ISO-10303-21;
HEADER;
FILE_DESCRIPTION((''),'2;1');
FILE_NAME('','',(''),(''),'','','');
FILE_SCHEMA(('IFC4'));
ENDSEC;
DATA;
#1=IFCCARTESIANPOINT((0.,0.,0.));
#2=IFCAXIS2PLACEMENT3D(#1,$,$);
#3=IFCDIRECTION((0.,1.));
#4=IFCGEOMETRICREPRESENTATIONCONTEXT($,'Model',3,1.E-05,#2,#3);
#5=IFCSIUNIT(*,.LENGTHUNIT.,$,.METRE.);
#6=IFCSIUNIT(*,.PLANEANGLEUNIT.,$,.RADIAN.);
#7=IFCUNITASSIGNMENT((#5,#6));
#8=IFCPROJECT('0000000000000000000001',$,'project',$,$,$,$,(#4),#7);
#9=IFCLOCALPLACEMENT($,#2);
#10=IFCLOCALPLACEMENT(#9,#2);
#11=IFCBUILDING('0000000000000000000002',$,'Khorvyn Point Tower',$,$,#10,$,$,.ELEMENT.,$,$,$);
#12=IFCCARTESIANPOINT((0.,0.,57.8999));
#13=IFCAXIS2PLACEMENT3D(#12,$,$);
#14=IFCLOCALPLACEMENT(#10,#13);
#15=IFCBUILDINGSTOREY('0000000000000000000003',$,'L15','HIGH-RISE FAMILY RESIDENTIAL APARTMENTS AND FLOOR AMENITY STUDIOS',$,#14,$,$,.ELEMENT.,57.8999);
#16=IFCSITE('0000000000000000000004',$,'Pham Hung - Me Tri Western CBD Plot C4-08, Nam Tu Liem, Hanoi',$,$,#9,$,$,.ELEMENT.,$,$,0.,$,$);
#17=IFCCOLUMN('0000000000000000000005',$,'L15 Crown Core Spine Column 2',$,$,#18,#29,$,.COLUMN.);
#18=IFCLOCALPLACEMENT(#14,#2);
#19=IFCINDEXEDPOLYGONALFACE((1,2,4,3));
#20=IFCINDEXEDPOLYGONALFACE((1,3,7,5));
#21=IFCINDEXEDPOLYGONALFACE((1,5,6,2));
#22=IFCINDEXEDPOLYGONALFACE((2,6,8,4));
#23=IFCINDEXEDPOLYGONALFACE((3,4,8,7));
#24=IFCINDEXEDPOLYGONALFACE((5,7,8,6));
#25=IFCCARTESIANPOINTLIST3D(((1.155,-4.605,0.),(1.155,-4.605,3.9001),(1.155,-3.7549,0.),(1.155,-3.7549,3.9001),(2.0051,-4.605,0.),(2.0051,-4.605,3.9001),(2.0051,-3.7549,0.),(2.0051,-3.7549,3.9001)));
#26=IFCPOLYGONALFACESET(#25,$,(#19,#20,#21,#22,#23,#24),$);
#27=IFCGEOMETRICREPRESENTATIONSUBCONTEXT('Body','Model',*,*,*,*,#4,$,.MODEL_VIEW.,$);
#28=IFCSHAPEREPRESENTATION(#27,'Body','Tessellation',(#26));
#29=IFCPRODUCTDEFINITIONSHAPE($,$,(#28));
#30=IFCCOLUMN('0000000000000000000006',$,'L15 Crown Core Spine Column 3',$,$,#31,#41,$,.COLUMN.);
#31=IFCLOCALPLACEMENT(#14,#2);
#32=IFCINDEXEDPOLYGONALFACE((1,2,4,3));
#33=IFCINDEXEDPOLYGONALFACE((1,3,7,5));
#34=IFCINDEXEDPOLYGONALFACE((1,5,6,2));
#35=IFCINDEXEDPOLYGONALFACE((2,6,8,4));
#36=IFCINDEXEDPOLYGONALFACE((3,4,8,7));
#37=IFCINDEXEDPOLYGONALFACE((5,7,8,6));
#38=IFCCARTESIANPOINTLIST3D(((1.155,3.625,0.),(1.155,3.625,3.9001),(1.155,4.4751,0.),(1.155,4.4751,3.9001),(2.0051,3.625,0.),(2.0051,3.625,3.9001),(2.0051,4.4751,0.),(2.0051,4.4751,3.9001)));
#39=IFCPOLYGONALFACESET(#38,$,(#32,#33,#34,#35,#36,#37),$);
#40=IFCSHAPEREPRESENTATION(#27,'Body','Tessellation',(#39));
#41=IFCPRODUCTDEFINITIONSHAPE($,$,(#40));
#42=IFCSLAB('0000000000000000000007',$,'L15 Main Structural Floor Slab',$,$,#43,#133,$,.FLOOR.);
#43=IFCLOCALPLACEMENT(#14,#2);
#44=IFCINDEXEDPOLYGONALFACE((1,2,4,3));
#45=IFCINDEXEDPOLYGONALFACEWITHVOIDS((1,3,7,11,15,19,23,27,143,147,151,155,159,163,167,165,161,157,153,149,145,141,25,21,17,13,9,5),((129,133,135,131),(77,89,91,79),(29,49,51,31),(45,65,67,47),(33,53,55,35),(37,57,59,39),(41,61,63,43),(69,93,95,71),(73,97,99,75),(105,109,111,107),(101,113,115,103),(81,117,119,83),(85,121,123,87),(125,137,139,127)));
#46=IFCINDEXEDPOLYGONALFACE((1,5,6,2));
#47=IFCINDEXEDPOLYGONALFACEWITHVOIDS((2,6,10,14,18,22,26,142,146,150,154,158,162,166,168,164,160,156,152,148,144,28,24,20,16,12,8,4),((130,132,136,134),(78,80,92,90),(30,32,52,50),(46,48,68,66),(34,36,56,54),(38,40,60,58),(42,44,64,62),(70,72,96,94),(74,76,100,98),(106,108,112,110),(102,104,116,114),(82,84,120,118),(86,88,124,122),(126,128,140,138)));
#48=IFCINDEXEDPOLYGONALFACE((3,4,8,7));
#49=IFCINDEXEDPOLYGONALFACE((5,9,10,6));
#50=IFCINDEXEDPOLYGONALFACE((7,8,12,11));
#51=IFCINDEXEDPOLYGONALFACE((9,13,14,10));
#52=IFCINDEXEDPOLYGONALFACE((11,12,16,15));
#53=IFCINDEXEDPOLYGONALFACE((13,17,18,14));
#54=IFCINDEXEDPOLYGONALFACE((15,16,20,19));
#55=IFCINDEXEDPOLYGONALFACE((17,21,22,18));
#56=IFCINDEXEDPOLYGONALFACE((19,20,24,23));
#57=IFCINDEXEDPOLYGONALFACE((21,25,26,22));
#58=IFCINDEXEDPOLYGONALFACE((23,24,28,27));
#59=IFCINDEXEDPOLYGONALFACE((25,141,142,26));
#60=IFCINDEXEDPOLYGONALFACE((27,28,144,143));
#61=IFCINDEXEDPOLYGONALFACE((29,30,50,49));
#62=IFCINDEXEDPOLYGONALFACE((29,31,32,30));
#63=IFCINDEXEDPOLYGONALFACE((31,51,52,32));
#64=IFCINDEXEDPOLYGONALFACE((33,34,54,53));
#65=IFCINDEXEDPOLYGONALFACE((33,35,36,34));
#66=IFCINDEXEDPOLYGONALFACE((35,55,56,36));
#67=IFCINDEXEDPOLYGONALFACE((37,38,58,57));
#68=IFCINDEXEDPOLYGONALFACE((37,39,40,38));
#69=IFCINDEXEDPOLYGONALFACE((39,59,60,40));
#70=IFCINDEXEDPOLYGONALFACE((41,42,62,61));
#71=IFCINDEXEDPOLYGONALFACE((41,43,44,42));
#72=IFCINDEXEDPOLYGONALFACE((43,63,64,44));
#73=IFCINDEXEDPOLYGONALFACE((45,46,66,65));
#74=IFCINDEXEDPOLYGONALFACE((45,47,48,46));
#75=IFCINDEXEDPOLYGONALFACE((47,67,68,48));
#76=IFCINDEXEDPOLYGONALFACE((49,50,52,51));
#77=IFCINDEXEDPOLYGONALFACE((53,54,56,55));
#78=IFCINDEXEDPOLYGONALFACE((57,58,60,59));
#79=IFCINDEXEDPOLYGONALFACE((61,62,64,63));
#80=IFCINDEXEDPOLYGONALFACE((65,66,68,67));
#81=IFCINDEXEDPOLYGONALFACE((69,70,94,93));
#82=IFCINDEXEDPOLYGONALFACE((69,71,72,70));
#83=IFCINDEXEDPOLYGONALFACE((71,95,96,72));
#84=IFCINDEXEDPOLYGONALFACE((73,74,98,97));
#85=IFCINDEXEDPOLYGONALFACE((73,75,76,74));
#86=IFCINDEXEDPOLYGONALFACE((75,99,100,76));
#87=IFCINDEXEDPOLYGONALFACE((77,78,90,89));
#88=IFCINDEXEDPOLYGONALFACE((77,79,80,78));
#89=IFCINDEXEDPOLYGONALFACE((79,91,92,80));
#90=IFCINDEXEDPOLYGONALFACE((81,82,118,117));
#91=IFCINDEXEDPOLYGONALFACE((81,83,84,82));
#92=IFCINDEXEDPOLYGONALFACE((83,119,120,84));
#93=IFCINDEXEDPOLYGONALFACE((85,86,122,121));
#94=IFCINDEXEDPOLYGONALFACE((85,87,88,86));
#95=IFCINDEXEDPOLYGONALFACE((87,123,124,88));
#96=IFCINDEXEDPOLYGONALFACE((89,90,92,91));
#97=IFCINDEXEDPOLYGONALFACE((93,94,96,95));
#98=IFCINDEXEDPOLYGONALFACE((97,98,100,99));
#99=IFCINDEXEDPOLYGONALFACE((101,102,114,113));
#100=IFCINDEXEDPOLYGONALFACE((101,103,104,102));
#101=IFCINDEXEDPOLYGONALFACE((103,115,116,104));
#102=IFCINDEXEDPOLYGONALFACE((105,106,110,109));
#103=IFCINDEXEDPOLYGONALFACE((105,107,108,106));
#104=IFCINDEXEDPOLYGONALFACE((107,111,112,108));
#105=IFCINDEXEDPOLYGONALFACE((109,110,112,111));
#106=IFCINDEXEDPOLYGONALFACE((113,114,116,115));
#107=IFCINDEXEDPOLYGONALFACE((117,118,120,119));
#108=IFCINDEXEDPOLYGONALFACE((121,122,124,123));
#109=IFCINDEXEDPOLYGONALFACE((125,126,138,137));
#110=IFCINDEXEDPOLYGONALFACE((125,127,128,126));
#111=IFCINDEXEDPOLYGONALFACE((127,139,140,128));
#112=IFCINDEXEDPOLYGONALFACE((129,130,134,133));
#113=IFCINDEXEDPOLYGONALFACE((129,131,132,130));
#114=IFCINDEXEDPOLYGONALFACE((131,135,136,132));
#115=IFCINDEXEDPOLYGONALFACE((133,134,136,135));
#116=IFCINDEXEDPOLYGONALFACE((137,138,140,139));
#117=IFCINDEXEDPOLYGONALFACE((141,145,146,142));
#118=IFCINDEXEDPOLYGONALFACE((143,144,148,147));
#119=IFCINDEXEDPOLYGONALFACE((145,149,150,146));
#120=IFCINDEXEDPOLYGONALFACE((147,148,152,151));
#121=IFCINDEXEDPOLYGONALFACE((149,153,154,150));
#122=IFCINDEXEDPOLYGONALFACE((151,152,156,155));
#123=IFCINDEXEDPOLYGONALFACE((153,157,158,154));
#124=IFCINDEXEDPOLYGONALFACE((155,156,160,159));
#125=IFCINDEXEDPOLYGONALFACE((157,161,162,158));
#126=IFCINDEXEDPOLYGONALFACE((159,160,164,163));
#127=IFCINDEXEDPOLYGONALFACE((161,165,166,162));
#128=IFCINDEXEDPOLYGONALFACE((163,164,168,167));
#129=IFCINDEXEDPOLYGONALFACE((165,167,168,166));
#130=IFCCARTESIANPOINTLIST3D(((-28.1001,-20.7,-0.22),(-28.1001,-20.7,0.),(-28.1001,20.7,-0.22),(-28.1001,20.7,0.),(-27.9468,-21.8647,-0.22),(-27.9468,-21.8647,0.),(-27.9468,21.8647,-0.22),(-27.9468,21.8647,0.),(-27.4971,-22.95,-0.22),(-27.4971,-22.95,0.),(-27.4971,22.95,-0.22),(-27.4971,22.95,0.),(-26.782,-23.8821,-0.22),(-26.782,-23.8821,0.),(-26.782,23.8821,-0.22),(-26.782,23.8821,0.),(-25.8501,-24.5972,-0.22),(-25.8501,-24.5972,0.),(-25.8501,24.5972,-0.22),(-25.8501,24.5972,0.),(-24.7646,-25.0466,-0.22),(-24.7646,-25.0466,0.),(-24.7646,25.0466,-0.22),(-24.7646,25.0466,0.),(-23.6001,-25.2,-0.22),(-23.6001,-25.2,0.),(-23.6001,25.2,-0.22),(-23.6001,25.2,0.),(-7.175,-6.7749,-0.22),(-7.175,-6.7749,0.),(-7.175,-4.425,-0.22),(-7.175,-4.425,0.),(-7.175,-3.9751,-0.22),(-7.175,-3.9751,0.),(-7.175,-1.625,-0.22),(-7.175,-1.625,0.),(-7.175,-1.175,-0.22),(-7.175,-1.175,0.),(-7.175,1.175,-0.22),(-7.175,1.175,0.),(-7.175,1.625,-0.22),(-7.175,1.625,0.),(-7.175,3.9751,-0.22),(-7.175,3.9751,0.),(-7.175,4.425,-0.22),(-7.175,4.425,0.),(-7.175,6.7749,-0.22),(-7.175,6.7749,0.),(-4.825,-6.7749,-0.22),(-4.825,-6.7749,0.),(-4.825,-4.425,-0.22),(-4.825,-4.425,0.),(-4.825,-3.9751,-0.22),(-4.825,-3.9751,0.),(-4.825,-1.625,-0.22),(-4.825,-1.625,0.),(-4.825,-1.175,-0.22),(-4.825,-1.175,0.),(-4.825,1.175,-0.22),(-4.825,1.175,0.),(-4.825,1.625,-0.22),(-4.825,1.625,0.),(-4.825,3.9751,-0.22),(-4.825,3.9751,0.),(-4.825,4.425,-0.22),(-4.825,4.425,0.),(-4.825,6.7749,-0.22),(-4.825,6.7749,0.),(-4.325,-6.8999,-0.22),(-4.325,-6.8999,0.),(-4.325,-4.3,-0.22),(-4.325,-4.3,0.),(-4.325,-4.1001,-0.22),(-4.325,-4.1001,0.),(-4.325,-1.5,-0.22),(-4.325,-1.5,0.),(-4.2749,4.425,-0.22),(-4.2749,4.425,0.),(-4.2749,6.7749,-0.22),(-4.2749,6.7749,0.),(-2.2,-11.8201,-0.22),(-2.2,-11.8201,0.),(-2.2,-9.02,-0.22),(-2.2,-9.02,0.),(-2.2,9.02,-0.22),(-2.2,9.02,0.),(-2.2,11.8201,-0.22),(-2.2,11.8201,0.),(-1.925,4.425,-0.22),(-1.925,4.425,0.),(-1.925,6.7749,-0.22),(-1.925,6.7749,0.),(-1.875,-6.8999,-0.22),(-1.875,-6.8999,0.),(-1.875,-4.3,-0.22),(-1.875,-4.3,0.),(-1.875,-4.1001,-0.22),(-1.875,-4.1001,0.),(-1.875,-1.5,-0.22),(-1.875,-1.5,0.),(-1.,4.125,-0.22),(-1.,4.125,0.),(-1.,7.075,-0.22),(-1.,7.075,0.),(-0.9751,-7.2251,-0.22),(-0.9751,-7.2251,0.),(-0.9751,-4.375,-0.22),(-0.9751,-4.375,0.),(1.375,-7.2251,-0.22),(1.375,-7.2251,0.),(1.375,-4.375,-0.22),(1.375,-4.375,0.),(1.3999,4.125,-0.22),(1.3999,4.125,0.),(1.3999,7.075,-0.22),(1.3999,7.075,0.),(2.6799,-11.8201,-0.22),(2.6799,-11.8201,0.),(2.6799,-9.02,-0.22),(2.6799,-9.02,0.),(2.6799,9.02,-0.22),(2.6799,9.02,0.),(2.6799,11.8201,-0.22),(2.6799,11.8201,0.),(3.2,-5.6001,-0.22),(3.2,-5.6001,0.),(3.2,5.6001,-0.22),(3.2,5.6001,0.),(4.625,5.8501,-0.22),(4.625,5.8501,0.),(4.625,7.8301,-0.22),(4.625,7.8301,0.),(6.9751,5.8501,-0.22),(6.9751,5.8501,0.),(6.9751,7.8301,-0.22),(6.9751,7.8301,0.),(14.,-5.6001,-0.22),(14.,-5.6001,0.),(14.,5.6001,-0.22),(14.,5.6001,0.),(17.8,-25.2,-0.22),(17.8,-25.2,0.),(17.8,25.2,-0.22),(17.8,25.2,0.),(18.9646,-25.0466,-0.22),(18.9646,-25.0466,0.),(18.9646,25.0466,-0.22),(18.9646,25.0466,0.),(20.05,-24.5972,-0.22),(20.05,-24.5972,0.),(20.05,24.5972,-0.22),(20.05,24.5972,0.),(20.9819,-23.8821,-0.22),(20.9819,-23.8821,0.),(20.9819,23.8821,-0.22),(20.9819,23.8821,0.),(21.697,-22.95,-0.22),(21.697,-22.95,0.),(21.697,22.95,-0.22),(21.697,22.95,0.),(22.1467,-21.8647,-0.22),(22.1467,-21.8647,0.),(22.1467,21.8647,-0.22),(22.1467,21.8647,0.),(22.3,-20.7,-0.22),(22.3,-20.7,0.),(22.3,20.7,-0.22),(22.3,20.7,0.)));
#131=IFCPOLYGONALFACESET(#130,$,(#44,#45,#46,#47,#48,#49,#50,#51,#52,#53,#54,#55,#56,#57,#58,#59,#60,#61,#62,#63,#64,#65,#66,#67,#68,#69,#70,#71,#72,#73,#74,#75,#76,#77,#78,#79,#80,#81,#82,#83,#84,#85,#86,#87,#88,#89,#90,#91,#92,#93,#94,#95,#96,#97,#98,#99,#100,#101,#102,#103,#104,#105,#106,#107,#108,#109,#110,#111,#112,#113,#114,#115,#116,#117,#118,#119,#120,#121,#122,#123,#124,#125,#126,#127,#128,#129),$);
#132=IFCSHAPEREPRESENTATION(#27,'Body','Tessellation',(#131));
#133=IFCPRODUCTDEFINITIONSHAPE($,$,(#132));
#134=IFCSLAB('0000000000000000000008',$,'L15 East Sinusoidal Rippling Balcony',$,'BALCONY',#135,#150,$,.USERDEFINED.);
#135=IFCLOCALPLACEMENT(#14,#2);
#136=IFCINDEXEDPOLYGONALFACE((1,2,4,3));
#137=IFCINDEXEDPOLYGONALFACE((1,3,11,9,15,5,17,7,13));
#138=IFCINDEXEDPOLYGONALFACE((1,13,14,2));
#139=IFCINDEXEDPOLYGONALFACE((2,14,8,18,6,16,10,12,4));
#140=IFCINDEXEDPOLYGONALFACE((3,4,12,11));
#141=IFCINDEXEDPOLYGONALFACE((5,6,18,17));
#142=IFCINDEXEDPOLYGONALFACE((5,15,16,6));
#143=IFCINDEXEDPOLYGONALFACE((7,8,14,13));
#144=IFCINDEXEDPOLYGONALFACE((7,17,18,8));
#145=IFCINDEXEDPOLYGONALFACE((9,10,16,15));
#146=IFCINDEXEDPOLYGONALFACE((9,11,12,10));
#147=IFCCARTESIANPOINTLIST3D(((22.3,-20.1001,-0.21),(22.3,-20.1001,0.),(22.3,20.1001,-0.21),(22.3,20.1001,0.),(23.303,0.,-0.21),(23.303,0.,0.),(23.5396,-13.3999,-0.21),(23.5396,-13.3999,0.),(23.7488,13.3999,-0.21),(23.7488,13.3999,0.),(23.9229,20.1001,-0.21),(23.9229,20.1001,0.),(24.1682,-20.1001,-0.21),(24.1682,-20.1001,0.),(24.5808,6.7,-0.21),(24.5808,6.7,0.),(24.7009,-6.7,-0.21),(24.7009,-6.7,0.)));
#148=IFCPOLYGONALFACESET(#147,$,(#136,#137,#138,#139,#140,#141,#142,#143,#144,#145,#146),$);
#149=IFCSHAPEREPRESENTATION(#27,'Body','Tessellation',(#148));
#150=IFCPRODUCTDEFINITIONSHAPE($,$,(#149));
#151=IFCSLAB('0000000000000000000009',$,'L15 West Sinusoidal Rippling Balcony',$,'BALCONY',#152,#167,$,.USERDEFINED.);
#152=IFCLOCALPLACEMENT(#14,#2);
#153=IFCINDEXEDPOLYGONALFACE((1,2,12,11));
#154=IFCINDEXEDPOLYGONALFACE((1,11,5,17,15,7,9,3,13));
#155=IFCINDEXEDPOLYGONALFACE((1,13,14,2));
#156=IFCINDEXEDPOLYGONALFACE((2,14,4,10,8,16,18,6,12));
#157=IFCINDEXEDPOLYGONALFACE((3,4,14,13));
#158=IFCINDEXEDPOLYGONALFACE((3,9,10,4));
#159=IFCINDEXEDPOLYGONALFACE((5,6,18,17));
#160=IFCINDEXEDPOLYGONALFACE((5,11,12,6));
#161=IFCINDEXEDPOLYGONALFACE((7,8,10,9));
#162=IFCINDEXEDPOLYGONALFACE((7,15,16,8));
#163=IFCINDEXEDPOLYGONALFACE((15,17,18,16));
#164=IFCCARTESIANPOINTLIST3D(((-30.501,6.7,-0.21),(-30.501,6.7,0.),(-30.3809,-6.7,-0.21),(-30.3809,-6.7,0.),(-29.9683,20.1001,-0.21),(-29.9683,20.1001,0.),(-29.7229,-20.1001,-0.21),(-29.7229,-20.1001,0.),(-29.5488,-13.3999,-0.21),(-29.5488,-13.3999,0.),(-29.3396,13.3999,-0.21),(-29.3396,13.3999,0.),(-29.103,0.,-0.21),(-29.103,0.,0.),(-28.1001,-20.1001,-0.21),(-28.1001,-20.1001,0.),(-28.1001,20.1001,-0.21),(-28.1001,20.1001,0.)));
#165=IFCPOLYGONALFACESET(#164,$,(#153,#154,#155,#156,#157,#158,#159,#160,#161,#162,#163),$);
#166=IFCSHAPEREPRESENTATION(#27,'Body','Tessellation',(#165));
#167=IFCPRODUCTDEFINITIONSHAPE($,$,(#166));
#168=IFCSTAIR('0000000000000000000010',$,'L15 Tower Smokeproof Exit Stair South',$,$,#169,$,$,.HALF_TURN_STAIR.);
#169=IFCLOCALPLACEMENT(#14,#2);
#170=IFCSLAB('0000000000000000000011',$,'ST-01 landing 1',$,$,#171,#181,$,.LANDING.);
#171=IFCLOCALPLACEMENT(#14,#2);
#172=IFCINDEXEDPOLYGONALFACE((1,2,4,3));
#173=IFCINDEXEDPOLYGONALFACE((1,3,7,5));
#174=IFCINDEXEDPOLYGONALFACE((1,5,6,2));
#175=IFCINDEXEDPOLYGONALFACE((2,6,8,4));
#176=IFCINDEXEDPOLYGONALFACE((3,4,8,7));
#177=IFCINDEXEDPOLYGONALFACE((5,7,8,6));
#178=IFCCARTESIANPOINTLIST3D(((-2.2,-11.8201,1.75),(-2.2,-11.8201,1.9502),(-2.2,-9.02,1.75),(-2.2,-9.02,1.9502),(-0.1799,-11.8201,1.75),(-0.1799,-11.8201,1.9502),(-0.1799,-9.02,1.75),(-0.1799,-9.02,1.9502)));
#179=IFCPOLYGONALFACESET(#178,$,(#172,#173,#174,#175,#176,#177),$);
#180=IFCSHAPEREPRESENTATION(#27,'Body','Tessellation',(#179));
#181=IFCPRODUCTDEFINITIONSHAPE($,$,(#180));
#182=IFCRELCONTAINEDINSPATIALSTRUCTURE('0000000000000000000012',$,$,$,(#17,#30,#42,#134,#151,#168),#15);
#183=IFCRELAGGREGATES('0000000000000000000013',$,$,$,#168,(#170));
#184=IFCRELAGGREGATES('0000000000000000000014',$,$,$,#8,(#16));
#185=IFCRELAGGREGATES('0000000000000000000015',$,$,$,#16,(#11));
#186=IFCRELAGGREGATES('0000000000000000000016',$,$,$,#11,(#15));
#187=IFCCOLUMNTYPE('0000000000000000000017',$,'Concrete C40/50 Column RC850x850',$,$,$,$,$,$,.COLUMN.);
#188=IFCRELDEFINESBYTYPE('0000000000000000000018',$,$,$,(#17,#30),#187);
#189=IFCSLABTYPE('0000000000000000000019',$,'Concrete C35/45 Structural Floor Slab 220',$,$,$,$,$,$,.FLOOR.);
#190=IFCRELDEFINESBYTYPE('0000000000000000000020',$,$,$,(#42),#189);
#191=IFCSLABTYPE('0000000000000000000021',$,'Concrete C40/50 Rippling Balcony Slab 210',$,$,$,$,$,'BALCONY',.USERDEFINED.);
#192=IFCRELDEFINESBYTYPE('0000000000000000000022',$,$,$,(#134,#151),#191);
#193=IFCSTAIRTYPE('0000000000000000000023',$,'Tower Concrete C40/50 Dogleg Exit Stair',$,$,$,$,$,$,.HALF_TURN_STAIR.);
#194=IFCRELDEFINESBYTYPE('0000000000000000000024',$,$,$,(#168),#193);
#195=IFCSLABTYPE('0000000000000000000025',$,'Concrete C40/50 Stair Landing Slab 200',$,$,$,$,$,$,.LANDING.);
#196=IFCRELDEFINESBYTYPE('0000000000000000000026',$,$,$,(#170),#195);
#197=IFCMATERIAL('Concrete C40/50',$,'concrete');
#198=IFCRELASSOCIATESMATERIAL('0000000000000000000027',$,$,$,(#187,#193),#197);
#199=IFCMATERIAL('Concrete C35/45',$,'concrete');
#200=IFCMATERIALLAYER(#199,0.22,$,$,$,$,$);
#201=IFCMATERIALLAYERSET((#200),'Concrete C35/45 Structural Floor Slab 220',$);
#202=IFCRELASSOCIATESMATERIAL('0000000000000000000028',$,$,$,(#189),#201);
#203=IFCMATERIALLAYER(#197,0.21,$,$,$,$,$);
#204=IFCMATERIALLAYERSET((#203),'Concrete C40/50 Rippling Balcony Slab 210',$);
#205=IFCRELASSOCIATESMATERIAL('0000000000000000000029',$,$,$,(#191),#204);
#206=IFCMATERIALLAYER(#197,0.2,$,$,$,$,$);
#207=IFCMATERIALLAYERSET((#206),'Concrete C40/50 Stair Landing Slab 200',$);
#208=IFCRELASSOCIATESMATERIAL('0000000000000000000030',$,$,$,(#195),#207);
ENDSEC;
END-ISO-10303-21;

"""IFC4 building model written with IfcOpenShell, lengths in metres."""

from ifc_helpers import new_model, si_unit, direction, frame, origin, origin_2d, place, context, subcontext, project, spatial, polyline, rectangle, outline, extrude, material, layer, layer_set, material_profile, profile_set, type_object, element, aggregate, save


model = new_model("IFC4")

# Units and contexts
model_context = context("Model", 3, precision=1e-05, world=origin(), true_north=direction((0.0, 1.0)))
body_context = subcontext(model_context, "Body", "Model", "MODEL_VIEW")
ifc_project = project(units=[si_unit("LENGTHUNIT", "METRE"), si_unit("PLANEANGLEUNIT", "RADIAN")], contexts=[model_context])

# Site, building, storey
site_placement = place(None, origin())
site = spatial("IfcSite", under=ifc_project, at=site_placement, Name="Pham Hung - Me Tri Western CBD Plot C4-08, Nam Tu Liem, Hanoi", CompositionType="ELEMENT", RefElevation=0.0)
building_placement = place(site_placement, origin())
building = spatial("IfcBuilding", under=site, at=building_placement, Name="Khorvyn Point Tower", CompositionType="ELEMENT")
storey_placement = place(building_placement, frame((0.0, 0.0, 57.8999)))
storey = spatial("IfcBuildingStorey", under=building, at=storey_placement, Name="L15", Description="HIGH-RISE FAMILY RESIDENTIAL APARTMENTS AND FLOOR AMENITY STUDIOS", CompositionType="ELEMENT", Elevation=57.8999)

# Columns
ifc_material_1 = material(Name="Concrete C40/50", Category="concrete")
ifc_material_profile = material_profile(ifc_material_1, rectangle(XDim=0.8501, YDim=0.8501, at=origin_2d()))
ifc_profile_set = profile_set([ifc_material_profile], Name="Concrete C40/50 RC850x850")
column_type = type_object("IfcColumnType", Name="Concrete C40/50 Column RC850x850", PredefinedType="COLUMN", material=ifc_profile_set)
for number, where, z_axis, x_axis, name in (
    (1, (1.5801, -4.1799, 0.0), (0.0, 0.0, 1.0), (1.0, 0.0, 0.0), "L15 Crown Core Spine Column 2"),
    (2, (1.5801, 4.05, 0.0), (0.0, 0.0, 1.0), (1.0, 0.0, 0.0), "L15 Crown Core Spine Column 3"),
):
    element("IfcColumn", number, at=place(storey_placement, frame(where, z_axis=z_axis, x_axis=x_axis)), inside=storey, type_object=column_type, Name=name, PredefinedType="COLUMN", context=body_context, shape_type="SweptSolid", body=[
        extrude(rectangle(XDim=0.8501, YDim=0.8501, at=origin_2d()), origin(), (0.0, 0.0, 1.0), 3.9001),
    ])

# Slabs
ifc_material_2 = material(Name="Concrete C35/45", Category="concrete")
ifc_layer_1 = layer(ifc_material_2, 0.22)
ifc_layer_set_1 = layer_set([ifc_layer_1], Name="Concrete C35/45 Structural Floor Slab 220")
slab_type_1 = type_object("IfcSlabType", Name="Concrete C35/45 Structural Floor Slab 220", PredefinedType="FLOOR", material=ifc_layer_set_1)
slab_1_placement = place(storey_placement, frame((0.0, 0.0, -0.22)))
element("IfcSlab", 3, at=slab_1_placement, inside=storey, type_object=slab_type_1, Name="L15 Main Structural Floor Slab", PredefinedType="FLOOR", context=body_context, shape_type="SweptSolid", body=[
    extrude(outline(polyline([(-23.6001, -25.2), (-24.7646, -25.0466), (-25.8501, -24.5972), (-26.782, -23.8821), (-27.4971, -22.95), (-27.9468, -21.8647), (-28.1001, -20.7), (-28.1001, 20.7), (-27.9468, 21.8647), (-27.4971, 22.95), (-26.782, 23.8821), (-25.8501, 24.5972), (-24.7646, 25.0466), (-23.6001, 25.2), (17.8, 25.2), (18.9646, 25.0466), (20.05, 24.5972), (20.9819, 23.8821), (21.697, 22.95), (22.1467, 21.8647), (22.3, 20.7), (22.3, -20.7), (22.1467, -21.8647), (21.697, -22.95), (20.9819, -23.8821), (20.05, -24.5972), (18.9646, -25.0466), (17.8, -25.2), (-23.6001, -25.2)]), holes=[polyline([(-4.825, -6.7749), (-4.825, -4.425), (-7.175, -4.425), (-7.175, -6.7749), (-4.825, -6.7749)]), polyline([(-4.325, -6.8999), (-1.875, -6.8999), (-1.875, -4.3), (-4.325, -4.3), (-4.325, -6.8999)]), polyline([(-7.175, -3.9751), (-4.825, -3.9751), (-4.825, -1.625), (-7.175, -1.625), (-7.175, -3.9751)]), polyline([(-7.175, -1.175), (-4.825, -1.175), (-4.825, 1.175), (-7.175, 1.175), (-7.175, -1.175)]), polyline([(-7.175, 1.625), (-4.825, 1.625), (-4.825, 3.9751), (-7.175, 3.9751), (-7.175, 1.625)]), polyline([(-7.175, 4.425), (-4.825, 4.425), (-4.825, 6.7749), (-7.175, 6.7749), (-7.175, 4.425)]), polyline([(-4.2749, 4.425), (-1.925, 4.425), (-1.925, 6.7749), (-4.2749, 6.7749), (-4.2749, 4.425)]), polyline([(2.6799, -11.8201), (2.6799, -9.02), (-2.2, -9.02), (-2.2, -11.8201), (2.6799, -11.8201)]), polyline([(-0.9751, -7.2251), (1.375, -7.2251), (1.375, -4.375), (-0.9751, -4.375), (-0.9751, -7.2251)]), polyline([(-4.325, -4.1001), (-1.875, -4.1001), (-1.875, -1.5), (-4.325, -1.5), (-4.325, -4.1001)]), polyline([(3.2, -5.6001), (14.0, -5.6001), (14.0, 5.6001), (3.2, 5.6001), (3.2, -5.6001)]), polyline([(-1.0, 4.125), (1.3999, 4.125), (1.3999, 7.075), (-1.0, 7.075), (-1.0, 4.125)]), polyline([(4.625, 5.8501), (6.9751, 5.8501), (6.9751, 7.8301), (4.625, 7.8301), (4.625, 5.8501)]), polyline([(-2.2, 9.02), (2.6799, 9.02), (2.6799, 11.8201), (-2.2, 11.8201), (-2.2, 9.02)])]), origin(), (0.0, 0.0, 1.0), 0.22),
])
ifc_layer_2 = layer(ifc_material_1, 0.21)
ifc_layer_set_2 = layer_set([ifc_layer_2], Name="Concrete C40/50 Rippling Balcony Slab 210")
slab_type_2 = type_object("IfcSlabType", Name="Concrete C40/50 Rippling Balcony Slab 210", ElementType="BALCONY", PredefinedType="USERDEFINED", material=ifc_layer_set_2)
slab_2_placement = place(storey_placement, frame((0.0, 0.0, -0.21)))
element("IfcSlab", 4, at=slab_2_placement, inside=storey, type_object=slab_type_2, Name="L15 East Sinusoidal Rippling Balcony", ObjectType="BALCONY", PredefinedType="USERDEFINED", context=body_context, shape_type="SweptSolid", body=[
    extrude(outline(polyline([(22.3, -20.1001), (24.1682, -20.1001), (23.5396, -13.3999), (24.7009, -6.7), (23.303, 0.0), (24.5808, 6.7), (23.7488, 13.3999), (23.9229, 20.1001), (22.3, 20.1001), (22.3, -20.1001)])), origin(), (0.0, 0.0, 1.0), 0.21),
])
slab_3_placement = place(storey_placement, frame((0.0, 0.0, -0.21)))
element("IfcSlab", 5, at=slab_3_placement, inside=storey, type_object=slab_type_2, Name="L15 West Sinusoidal Rippling Balcony", ObjectType="BALCONY", PredefinedType="USERDEFINED", context=body_context, shape_type="SweptSolid", body=[
    extrude(outline(polyline([(-28.1001, 20.1001), (-29.9683, 20.1001), (-29.3396, 13.3999), (-30.501, 6.7), (-29.103, 0.0), (-30.3809, -6.7), (-29.5488, -13.3999), (-29.7229, -20.1001), (-28.1001, -20.1001), (-28.1001, 20.1001)])), origin(), (0.0, 0.0, 1.0), 0.21),
])

# Stair, slab
stair_type = type_object("IfcStairType", Name="Tower Concrete C40/50 Dogleg Exit Stair", PredefinedType="HALF_TURN_STAIR", material=ifc_material_1)
stair_1_placement = place(storey_placement, origin())
stair_1 = element("IfcStair", 6, at=stair_1_placement, inside=storey, type_object=stair_type, Name="L15 Tower Smokeproof Exit Stair South", PredefinedType="HALF_TURN_STAIR")
ifc_layer_3 = layer(ifc_material_1, 0.2)
ifc_layer_set_3 = layer_set([ifc_layer_3], Name="Concrete C40/50 Stair Landing Slab 200")
slab_type_3 = type_object("IfcSlabType", Name="Concrete C40/50 Stair Landing Slab 200", PredefinedType="LANDING", material=ifc_layer_set_3)
slab_4_placement = place(storey_placement, frame((0.0, 0.0, 1.75)))
slab_4 = element("IfcSlab", 7, at=slab_4_placement, type_object=slab_type_3, Name="ST-01 landing 1", PredefinedType="LANDING", context=body_context, shape_type="SweptSolid", body=[
    extrude(outline(polyline([(-0.1799, -9.02), (-2.2, -9.02), (-2.2, -11.8201), (-0.1799, -11.8201), (-0.1799, -9.02)])), origin(), (0.0, 0.0, 1.0), 0.2002),
])
aggregate(stair_1, [slab_4])

save(model, "model.ifc")
